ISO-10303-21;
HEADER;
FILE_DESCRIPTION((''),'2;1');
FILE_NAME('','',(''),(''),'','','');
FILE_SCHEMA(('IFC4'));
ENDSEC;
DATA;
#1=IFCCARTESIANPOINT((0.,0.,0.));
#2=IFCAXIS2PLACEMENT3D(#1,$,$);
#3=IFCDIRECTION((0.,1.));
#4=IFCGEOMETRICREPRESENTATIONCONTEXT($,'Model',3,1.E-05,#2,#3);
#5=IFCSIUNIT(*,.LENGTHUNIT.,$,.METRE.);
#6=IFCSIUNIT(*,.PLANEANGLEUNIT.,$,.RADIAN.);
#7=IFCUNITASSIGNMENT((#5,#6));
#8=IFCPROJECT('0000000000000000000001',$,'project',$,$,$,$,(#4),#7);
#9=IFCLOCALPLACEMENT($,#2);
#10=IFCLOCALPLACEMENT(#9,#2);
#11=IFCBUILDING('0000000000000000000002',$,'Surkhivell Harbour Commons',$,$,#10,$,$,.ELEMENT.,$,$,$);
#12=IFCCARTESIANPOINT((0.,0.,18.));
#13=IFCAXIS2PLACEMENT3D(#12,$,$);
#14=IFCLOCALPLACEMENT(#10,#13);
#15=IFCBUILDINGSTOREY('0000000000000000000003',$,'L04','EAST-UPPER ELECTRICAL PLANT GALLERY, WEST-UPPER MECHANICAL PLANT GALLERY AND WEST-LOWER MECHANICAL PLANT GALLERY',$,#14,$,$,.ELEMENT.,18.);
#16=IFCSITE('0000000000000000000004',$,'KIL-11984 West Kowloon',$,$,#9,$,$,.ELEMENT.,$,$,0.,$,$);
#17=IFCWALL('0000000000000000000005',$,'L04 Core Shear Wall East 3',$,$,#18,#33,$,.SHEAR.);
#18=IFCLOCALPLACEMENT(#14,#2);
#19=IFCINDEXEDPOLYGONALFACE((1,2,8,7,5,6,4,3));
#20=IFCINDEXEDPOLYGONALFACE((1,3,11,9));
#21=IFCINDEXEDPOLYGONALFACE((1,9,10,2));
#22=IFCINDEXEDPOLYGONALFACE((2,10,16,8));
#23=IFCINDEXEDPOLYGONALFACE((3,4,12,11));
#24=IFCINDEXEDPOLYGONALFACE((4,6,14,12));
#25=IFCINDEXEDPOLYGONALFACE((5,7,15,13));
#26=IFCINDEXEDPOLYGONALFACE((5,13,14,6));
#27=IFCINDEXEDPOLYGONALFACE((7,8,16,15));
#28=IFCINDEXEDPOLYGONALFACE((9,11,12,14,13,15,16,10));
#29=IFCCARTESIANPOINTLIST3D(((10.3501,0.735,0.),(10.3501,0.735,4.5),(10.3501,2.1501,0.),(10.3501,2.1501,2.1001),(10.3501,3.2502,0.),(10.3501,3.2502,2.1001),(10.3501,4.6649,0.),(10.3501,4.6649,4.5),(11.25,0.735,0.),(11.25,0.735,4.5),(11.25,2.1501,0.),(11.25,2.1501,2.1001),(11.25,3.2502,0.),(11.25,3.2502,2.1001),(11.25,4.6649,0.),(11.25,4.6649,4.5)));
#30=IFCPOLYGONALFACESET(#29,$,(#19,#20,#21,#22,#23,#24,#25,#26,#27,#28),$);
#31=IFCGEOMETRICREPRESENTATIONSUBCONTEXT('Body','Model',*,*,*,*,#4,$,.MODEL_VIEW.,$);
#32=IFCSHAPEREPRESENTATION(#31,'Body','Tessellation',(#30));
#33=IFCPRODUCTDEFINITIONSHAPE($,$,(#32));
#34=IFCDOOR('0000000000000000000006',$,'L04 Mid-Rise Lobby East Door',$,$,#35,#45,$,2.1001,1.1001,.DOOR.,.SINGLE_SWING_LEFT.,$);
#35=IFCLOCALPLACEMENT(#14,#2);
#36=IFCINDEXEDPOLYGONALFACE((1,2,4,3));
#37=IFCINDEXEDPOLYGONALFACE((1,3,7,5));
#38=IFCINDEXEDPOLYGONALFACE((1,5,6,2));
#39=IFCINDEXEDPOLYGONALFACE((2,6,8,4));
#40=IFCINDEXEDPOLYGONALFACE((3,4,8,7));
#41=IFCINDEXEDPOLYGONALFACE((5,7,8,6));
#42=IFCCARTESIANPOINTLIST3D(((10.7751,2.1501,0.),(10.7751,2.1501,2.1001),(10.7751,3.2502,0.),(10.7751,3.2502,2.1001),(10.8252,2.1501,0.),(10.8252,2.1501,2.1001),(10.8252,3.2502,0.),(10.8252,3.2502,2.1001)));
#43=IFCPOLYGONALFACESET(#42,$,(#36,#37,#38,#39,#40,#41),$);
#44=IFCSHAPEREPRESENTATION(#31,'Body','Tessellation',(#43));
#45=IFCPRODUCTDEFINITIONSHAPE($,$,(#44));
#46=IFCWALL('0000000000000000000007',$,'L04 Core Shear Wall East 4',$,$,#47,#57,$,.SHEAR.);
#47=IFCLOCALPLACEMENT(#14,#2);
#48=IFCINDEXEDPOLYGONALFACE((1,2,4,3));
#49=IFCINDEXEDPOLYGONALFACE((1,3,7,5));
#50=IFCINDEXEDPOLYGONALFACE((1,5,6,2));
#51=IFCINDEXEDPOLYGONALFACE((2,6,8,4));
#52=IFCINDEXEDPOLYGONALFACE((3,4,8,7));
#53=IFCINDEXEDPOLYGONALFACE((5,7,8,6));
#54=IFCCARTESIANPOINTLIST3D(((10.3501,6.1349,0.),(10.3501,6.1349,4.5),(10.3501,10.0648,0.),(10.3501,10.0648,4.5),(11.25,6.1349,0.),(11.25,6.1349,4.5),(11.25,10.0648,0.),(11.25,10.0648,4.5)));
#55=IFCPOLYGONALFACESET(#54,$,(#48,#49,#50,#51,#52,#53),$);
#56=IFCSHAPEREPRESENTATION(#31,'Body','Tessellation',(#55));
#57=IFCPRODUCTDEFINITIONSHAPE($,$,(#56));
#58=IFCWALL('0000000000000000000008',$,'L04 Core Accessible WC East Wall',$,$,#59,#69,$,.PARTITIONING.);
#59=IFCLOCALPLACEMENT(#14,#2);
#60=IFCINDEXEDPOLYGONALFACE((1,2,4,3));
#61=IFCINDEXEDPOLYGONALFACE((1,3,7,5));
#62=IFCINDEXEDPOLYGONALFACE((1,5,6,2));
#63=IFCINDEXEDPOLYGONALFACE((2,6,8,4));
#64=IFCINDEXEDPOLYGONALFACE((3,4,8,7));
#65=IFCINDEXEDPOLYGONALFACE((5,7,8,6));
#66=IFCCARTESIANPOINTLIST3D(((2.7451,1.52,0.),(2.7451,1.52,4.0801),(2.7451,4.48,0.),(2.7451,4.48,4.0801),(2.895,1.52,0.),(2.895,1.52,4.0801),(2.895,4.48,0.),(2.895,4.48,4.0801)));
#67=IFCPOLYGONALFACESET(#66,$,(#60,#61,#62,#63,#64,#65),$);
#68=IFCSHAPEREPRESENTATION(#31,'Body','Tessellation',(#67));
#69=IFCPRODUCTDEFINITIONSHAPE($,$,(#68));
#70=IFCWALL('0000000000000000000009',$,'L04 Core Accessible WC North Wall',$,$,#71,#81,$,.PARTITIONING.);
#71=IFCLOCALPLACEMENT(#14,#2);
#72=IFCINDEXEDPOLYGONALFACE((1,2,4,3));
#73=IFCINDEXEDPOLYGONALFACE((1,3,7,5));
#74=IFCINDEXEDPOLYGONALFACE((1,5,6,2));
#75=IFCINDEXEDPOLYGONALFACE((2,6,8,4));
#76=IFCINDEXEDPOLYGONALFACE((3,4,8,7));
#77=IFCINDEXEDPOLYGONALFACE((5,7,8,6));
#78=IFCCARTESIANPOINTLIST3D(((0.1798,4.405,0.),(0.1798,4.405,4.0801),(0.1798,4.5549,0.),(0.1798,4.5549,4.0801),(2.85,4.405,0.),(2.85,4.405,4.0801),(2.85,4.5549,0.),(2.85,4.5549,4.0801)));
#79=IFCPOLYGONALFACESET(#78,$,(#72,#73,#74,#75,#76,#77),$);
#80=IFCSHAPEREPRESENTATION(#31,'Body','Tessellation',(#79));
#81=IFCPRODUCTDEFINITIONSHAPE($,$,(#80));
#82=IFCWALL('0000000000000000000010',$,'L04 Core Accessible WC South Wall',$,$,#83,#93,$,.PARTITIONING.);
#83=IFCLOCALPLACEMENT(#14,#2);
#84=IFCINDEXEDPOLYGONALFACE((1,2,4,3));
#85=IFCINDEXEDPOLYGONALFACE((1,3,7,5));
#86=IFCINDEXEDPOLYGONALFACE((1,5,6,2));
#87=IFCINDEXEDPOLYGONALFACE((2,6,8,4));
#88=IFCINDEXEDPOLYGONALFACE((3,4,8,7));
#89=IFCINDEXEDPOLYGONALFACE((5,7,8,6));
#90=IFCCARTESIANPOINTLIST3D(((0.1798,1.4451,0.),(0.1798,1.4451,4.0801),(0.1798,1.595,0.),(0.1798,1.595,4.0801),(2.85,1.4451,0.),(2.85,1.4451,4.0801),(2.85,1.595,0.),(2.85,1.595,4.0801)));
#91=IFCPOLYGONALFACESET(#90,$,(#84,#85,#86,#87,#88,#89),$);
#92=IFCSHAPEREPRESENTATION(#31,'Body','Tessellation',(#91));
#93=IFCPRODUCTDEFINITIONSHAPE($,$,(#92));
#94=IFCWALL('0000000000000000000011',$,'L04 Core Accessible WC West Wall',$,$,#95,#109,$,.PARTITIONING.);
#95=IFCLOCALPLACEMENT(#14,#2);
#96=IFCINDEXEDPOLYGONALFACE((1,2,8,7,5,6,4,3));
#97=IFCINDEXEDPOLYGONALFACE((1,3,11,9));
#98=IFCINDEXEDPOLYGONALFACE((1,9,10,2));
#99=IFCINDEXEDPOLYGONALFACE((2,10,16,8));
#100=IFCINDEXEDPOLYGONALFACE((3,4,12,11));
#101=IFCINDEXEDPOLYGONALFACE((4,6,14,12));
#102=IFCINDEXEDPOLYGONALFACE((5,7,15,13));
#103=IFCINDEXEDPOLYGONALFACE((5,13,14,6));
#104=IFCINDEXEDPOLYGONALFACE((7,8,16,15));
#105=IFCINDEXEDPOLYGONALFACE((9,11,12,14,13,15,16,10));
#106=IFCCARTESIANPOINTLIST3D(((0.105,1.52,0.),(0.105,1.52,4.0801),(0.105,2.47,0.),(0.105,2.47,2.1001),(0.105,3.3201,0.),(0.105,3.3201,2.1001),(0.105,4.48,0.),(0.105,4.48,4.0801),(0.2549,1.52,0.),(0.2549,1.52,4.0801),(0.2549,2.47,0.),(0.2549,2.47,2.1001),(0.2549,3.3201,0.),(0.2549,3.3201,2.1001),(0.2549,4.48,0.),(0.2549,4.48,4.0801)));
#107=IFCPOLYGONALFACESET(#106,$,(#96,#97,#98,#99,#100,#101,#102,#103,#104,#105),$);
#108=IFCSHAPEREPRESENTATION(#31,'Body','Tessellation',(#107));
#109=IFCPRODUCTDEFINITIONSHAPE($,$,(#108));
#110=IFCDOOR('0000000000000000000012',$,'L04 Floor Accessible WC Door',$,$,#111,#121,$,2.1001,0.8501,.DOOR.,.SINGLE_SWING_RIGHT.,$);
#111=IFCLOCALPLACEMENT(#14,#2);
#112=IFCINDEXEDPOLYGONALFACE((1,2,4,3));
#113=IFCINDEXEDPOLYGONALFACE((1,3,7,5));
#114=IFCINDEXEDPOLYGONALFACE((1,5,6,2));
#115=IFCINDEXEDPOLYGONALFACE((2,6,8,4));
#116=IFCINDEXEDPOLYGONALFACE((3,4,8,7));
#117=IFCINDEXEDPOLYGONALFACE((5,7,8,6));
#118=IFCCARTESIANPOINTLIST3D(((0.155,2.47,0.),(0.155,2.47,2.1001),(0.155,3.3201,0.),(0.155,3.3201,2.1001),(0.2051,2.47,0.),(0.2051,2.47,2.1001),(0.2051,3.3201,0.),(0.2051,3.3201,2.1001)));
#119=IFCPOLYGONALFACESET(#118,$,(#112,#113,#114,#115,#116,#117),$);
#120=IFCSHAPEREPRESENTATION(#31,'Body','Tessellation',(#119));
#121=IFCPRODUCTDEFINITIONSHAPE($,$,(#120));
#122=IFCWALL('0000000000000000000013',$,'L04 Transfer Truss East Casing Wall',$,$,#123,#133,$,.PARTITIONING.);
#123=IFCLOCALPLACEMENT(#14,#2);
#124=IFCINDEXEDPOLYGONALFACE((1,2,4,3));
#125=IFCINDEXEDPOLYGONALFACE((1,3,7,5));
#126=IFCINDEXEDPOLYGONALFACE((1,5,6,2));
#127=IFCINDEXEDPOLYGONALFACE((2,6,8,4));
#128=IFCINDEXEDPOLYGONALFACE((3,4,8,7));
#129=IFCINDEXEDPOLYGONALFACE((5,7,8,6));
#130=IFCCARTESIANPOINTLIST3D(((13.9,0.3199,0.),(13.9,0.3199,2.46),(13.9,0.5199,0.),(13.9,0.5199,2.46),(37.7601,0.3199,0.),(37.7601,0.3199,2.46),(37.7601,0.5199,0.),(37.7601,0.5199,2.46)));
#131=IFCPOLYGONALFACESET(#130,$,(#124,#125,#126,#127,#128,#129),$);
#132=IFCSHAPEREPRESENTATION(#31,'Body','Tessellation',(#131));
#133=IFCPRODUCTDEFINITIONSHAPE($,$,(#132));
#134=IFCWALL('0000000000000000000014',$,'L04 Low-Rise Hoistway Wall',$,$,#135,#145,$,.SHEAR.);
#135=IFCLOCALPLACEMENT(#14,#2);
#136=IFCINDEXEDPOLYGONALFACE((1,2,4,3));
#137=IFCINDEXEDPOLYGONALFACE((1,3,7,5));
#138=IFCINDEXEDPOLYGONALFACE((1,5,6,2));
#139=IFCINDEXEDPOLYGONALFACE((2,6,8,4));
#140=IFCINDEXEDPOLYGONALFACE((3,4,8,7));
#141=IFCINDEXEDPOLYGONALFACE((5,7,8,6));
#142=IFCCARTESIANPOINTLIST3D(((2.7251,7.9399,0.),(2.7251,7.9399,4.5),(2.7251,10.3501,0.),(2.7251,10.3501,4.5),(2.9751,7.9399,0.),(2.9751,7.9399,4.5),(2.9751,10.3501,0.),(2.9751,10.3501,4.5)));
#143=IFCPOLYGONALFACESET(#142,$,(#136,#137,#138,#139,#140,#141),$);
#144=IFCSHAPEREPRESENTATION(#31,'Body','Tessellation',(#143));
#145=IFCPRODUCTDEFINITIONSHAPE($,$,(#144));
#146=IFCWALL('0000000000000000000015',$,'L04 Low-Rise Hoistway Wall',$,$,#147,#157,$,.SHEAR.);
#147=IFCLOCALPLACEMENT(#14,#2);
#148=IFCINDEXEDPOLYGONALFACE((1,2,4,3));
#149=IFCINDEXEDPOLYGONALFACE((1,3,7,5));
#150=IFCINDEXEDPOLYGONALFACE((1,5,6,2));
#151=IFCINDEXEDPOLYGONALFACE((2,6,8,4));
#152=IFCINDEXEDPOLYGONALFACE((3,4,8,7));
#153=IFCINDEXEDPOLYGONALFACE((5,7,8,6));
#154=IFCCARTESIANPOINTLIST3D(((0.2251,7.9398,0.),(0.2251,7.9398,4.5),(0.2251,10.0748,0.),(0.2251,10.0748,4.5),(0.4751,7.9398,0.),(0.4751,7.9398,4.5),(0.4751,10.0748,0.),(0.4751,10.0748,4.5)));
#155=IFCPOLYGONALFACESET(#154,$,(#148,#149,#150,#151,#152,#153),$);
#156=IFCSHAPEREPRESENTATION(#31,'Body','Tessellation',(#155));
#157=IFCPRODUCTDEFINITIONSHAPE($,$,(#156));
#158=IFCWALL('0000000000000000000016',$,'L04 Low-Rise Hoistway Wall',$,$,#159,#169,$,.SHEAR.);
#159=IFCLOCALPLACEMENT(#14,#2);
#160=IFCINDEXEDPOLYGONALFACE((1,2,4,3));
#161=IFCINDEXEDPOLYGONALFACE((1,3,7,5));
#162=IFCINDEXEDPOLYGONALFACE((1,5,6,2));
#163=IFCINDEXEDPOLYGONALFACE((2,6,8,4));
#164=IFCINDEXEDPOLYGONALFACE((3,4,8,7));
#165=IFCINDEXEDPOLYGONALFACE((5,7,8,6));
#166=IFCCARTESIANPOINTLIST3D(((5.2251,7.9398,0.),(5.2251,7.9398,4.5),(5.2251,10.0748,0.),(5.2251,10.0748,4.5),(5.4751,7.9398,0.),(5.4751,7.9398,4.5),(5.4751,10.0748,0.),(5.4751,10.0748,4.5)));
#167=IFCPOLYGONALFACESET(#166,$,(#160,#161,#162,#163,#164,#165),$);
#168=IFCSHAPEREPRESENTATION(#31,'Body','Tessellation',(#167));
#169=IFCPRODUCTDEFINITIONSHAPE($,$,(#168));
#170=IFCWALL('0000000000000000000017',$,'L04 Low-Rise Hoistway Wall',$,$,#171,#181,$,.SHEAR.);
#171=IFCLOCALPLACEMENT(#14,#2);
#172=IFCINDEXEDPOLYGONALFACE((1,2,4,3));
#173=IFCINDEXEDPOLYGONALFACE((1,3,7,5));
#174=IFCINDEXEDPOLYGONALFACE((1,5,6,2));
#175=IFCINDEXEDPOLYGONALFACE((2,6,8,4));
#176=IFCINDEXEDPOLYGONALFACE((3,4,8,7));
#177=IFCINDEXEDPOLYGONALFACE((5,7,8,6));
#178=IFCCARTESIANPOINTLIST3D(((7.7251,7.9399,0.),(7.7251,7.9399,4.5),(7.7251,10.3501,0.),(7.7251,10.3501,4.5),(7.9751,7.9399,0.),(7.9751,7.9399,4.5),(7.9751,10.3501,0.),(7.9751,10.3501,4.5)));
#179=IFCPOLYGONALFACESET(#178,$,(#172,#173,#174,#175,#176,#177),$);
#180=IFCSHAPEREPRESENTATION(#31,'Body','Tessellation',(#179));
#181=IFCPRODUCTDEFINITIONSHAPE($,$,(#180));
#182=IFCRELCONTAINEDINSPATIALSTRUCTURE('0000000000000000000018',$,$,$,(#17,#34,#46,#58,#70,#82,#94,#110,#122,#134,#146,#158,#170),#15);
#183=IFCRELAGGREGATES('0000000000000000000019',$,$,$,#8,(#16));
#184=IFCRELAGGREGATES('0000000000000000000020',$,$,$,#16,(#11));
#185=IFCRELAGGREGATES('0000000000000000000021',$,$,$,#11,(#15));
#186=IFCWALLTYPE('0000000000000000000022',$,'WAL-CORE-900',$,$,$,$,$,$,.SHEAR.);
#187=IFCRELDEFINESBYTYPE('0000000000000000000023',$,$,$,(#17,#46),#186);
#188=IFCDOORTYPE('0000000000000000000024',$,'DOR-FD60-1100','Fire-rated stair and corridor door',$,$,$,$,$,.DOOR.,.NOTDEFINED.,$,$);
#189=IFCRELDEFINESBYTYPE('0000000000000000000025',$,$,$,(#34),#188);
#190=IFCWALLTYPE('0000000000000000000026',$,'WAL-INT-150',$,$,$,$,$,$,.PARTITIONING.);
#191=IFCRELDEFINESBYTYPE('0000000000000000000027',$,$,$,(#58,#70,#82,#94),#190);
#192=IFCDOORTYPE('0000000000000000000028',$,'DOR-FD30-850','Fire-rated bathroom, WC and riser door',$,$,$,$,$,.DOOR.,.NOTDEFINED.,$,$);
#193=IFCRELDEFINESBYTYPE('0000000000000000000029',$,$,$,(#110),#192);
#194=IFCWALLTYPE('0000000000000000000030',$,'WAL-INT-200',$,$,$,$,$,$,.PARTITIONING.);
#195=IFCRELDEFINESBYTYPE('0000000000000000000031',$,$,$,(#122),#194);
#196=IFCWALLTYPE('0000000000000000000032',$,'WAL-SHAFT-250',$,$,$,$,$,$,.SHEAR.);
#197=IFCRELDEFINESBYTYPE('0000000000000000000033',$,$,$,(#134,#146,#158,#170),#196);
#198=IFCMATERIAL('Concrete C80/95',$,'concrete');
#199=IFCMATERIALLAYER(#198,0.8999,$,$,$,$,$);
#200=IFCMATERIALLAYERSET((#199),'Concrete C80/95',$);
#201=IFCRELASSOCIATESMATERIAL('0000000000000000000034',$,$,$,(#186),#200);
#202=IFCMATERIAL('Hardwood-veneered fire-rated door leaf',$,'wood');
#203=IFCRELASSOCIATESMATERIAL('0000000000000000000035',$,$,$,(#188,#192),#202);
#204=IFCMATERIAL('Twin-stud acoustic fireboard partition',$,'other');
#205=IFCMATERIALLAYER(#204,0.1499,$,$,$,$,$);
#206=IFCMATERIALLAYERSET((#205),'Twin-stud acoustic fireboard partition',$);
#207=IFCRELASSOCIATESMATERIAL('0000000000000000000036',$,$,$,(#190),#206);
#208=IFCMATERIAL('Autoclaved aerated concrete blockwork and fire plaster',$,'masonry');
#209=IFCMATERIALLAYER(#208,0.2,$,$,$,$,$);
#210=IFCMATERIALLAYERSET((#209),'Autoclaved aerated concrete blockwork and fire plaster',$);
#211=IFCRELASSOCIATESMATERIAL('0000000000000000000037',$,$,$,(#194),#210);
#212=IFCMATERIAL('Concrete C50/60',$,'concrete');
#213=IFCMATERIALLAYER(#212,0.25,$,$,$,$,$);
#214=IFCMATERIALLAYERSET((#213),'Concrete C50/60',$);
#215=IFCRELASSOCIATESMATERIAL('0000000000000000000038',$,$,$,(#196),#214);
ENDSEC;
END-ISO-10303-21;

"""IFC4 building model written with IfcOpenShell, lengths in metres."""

from ifc_helpers import new_model, si_unit, direction, frame, frame_2d, origin, place, context, subcontext, project, spatial, rectangle, extrude, material, layer, layer_set, type_object, element, fill, save


model = new_model("IFC4")

# Units and contexts
model_context = context("Model", 3, precision=1e-05, world=origin(), true_north=direction((0.0, 1.0)))
body_context = subcontext(model_context, "Body", "Model", "MODEL_VIEW")
ifc_project = project(units=[si_unit("LENGTHUNIT", "METRE"), si_unit("PLANEANGLEUNIT", "RADIAN")], contexts=[model_context])

# Site, building, storey
site_placement = place(None, origin())
site = spatial("IfcSite", under=ifc_project, at=site_placement, Name="KIL-11984 West Kowloon", CompositionType="ELEMENT", RefElevation=0.0)
building_placement = place(site_placement, origin())
building = spatial("IfcBuilding", under=site, at=building_placement, Name="Surkhivell Harbour Commons", CompositionType="ELEMENT")
storey_placement = place(building_placement, frame((0.0, 0.0, 18.0)))
storey = spatial("IfcBuildingStorey", under=building, at=storey_placement, Name="L04", Description="EAST-UPPER ELECTRICAL PLANT GALLERY, WEST-UPPER MECHANICAL PLANT GALLERY AND WEST-LOWER MECHANICAL PLANT GALLERY", CompositionType="ELEMENT", Elevation=18.0)

# Shared definitions
ifc_material_1 = material(Name="Concrete C80/95", Category="concrete")

# Shared definitions
ifc_layer_1 = layer(ifc_material_1, 0.8999)
ifc_layer_set_1 = layer_set([ifc_layer_1], Name="Concrete C80/95")
wall_type_1 = type_object("IfcWallType", Name="WAL-CORE-900", PredefinedType="SHEAR", material=ifc_layer_set_1)

# Wall, opening, door
wall_1_placement = place(storey_placement, frame((10.8, 0.7351, 0.0), z_axis=(0.0, 0.0, 1.0), x_axis=(0.0, 1.0, 0.0)))
wall_1 = element("IfcWall", 1, at=wall_1_placement, inside=storey, type_object=wall_type_1, Name="L04 Core Shear Wall East 3", PredefinedType="SHEAR", context=body_context, shape_type="SweptSolid", body=[
    extrude(rectangle(XDim=3.9299, YDim=0.8999, at=frame_2d((1.9648, 0.0))), origin(), (0.0, 0.0, 1.0), 4.5),
])
opening_1_placement = place(wall_1_placement, frame((1.415, 0.0, 0.0)))
opening_1 = element("IfcOpeningElement", 2, at=opening_1_placement, cuts=wall_1, PredefinedType="OPENING", context=body_context, shape_type="SweptSolid", body=[
    extrude(rectangle(XDim=1.1001, YDim=2.1001, at=frame_2d((0.55, 1.05))), frame((0.0, 0.46, 0.0), z_axis=(0.0, -1.0, 0.0), x_axis=(1.0, 0.0, 0.0)), (0.0, 0.0, 1.0), 0.9199),
])
ifc_material_2 = material(Name="Hardwood-veneered fire-rated door leaf", Category="wood")
door_type_1 = type_object("IfcDoorType", Name="DOR-FD60-1100", Description="Fire-rated stair and corridor door", OperationType="NOTDEFINED", PredefinedType="DOOR", material=ifc_material_2)
door_1_placement = place(opening_1_placement, origin())
door_1 = element("IfcDoor", 3, at=door_1_placement, inside=storey, type_object=door_type_1, Name="L04 Mid-Rise Lobby East Door", OperationType="SINGLE_SWING_LEFT", OverallHeight=2.1001, OverallWidth=1.1001, PredefinedType="DOOR", context=body_context, shape_type="SweptSolid", body=[
    extrude(rectangle(XDim=1.1001, YDim=2.1001, at=frame_2d((0.55, 1.05))), frame((0.0, 0.0249, 0.0), z_axis=(0.0, -1.0, 0.0), x_axis=(1.0, 0.0, 0.0)), (0.0, 0.0, 1.0), 0.05),
])
fill(opening_1, door_1)

# Walls
wall_2_placement = place(storey_placement, frame((10.8, 6.135, 0.0), z_axis=(0.0, 0.0, 1.0), x_axis=(0.0, 1.0, 0.0)))
element("IfcWall", 4, at=wall_2_placement, inside=storey, type_object=wall_type_1, Name="L04 Core Shear Wall East 4", PredefinedType="SHEAR", context=body_context, shape_type="SweptSolid", body=[
    extrude(rectangle(XDim=3.9299, YDim=0.8999, at=frame_2d((1.9648, 0.0))), origin(), (0.0, 0.0, 1.0), 4.5),
])
ifc_material_3 = material(Name="Twin-stud acoustic fireboard partition", Category="other")
ifc_layer_2 = layer(ifc_material_3, 0.1499)
ifc_layer_set_2 = layer_set([ifc_layer_2], Name="Twin-stud acoustic fireboard partition")
wall_type_2 = type_object("IfcWallType", Name="WAL-INT-150", PredefinedType="PARTITIONING", material=ifc_layer_set_2)
wall_3_placement = place(storey_placement, frame((2.8201, 1.52, 0.0), z_axis=(0.0, 0.0, 1.0), x_axis=(0.0, 1.0, 0.0)))
element("IfcWall", 5, at=wall_3_placement, inside=storey, type_object=wall_type_2, Name="L04 Core Accessible WC East Wall", PredefinedType="PARTITIONING", context=body_context, shape_type="SweptSolid", body=[
    extrude(rectangle(XDim=2.96, YDim=0.1499, at=frame_2d((1.48, 0.0))), origin(), (0.0, 0.0, 1.0), 4.0801),
])
for number, where, z_axis, x_axis, name in (
    (6, (0.1799, 4.48, 0.0), (0.0, 0.0, 1.0), (1.0, 0.0, 0.0), "L04 Core Accessible WC North Wall"),
    (7, (0.1799, 1.52, 0.0), (0.0, 0.0, 1.0), (1.0, 0.0, 0.0), "L04 Core Accessible WC South Wall"),
):
    element("IfcWall", number, at=place(storey_placement, frame(where, z_axis=z_axis, x_axis=x_axis)), inside=storey, type_object=wall_type_2, Name=name, PredefinedType="PARTITIONING", context=body_context, shape_type="SweptSolid", body=[
        extrude(rectangle(XDim=2.6702, YDim=0.1499, at=frame_2d((1.335, 0.0))), origin(), (0.0, 0.0, 1.0), 4.0801),
    ])

# Wall, opening, door
wall_4_placement = place(storey_placement, frame((0.1799, 1.52, 0.0), z_axis=(0.0, 0.0, 1.0), x_axis=(0.0, 1.0, 0.0)))
wall_4 = element("IfcWall", 8, at=wall_4_placement, inside=storey, type_object=wall_type_2, Name="L04 Core Accessible WC West Wall", PredefinedType="PARTITIONING", context=body_context, shape_type="SweptSolid", body=[
    extrude(rectangle(XDim=2.96, YDim=0.1499, at=frame_2d((1.48, 0.0))), origin(), (0.0, 0.0, 1.0), 4.0801),
])
opening_2_placement = place(wall_4_placement, frame((0.95, 0.0, 0.0)))
opening_2 = element("IfcOpeningElement", 9, at=opening_2_placement, cuts=wall_4, PredefinedType="OPENING", context=body_context, shape_type="SweptSolid", body=[
    extrude(rectangle(XDim=0.8501, YDim=2.1001, at=frame_2d((0.425, 1.05))), frame((0.0, 0.085, 0.0), z_axis=(0.0, -1.0, 0.0), x_axis=(1.0, 0.0, 0.0)), (0.0, 0.0, 1.0), 0.1699),
])
door_type_2 = type_object("IfcDoorType", Name="DOR-FD30-850", Description="Fire-rated bathroom, WC and riser door", OperationType="NOTDEFINED", PredefinedType="DOOR", material=ifc_material_2)
door_2_placement = place(opening_2_placement, origin())
door_2 = element("IfcDoor", 10, at=door_2_placement, inside=storey, type_object=door_type_2, Name="L04 Floor Accessible WC Door", OperationType="SINGLE_SWING_RIGHT", OverallHeight=2.1001, OverallWidth=0.8501, PredefinedType="DOOR", context=body_context, shape_type="SweptSolid", body=[
    extrude(rectangle(XDim=0.8501, YDim=2.1001, at=frame_2d((0.425, 1.05))), frame((0.0, 0.0249, 0.0), z_axis=(0.0, -1.0, 0.0), x_axis=(1.0, 0.0, 0.0)), (0.0, 0.0, 1.0), 0.05),
])
fill(opening_2, door_2)

# Walls
ifc_material_4 = material(Name="Autoclaved aerated concrete blockwork and fire plaster", Category="masonry")
ifc_layer_3 = layer(ifc_material_4, 0.2)
ifc_layer_set_3 = layer_set([ifc_layer_3], Name="Autoclaved aerated concrete blockwork and fire plaster")
wall_type_3 = type_object("IfcWallType", Name="WAL-INT-200", PredefinedType="PARTITIONING", material=ifc_layer_set_3)
wall_5_placement = place(storey_placement, frame((13.8999, 0.4199, 0.0), z_axis=(0.0, 0.0, 1.0), x_axis=(1.0, 0.0, 0.0)))
element("IfcWall", 11, at=wall_5_placement, inside=storey, type_object=wall_type_3, Name="L04 Transfer Truss East Casing Wall", PredefinedType="PARTITIONING", context=body_context, shape_type="SweptSolid", body=[
    extrude(rectangle(XDim=23.8601, YDim=0.2, at=frame_2d((11.9302, 0.0))), origin(), (0.0, 0.0, 1.0), 2.46),
])
ifc_material_5 = material(Name="Concrete C50/60", Category="concrete")
ifc_layer_4 = layer(ifc_material_5, 0.25)
ifc_layer_set_4 = layer_set([ifc_layer_4], Name="Concrete C50/60")
wall_type_4 = type_object("IfcWallType", Name="WAL-SHAFT-250", PredefinedType="SHEAR", material=ifc_layer_set_4)
wall_6_placement = place(storey_placement, frame((2.8501, 7.9399, 0.0), z_axis=(0.0, 0.0, 1.0), x_axis=(0.0, 1.0, 0.0)))
element("IfcWall", 12, at=wall_6_placement, inside=storey, type_object=wall_type_4, Name="L04 Low-Rise Hoistway Wall", PredefinedType="SHEAR", context=body_context, shape_type="SweptSolid", body=[
    extrude(rectangle(XDim=2.4102, YDim=0.25, at=frame_2d((1.2051, 0.0))), origin(), (0.0, 0.0, 1.0), 4.5),
])
for number, where, z_axis, x_axis, name in (
    (13, (0.3501, 7.9399, 0.0), (0.0, 0.0, 1.0), (0.0, 1.0, 0.0), "L04 Low-Rise Hoistway Wall"),
    (14, (5.3501, 7.9399, 0.0), (0.0, 0.0, 1.0), (0.0, 1.0, 0.0), "L04 Low-Rise Hoistway Wall"),
):
    element("IfcWall", number, at=place(storey_placement, frame(where, z_axis=z_axis, x_axis=x_axis)), inside=storey, type_object=wall_type_4, Name=name, PredefinedType="SHEAR", context=body_context, shape_type="SweptSolid", body=[
        extrude(rectangle(XDim=2.135, YDim=0.25, at=frame_2d((1.0674, 0.0))), origin(), (0.0, 0.0, 1.0), 4.5),
    ])
wall_7_placement = place(storey_placement, frame((7.8501, 7.9399, 0.0), z_axis=(0.0, 0.0, 1.0), x_axis=(0.0, 1.0, 0.0)))
element("IfcWall", 15, at=wall_7_placement, inside=storey, type_object=wall_type_4, Name="L04 Low-Rise Hoistway Wall", PredefinedType="SHEAR", context=body_context, shape_type="SweptSolid", body=[
    extrude(rectangle(XDim=2.4102, YDim=0.25, at=frame_2d((1.2051, 0.0))), origin(), (0.0, 0.0, 1.0), 4.5),
])

save(model, "model.ifc")
